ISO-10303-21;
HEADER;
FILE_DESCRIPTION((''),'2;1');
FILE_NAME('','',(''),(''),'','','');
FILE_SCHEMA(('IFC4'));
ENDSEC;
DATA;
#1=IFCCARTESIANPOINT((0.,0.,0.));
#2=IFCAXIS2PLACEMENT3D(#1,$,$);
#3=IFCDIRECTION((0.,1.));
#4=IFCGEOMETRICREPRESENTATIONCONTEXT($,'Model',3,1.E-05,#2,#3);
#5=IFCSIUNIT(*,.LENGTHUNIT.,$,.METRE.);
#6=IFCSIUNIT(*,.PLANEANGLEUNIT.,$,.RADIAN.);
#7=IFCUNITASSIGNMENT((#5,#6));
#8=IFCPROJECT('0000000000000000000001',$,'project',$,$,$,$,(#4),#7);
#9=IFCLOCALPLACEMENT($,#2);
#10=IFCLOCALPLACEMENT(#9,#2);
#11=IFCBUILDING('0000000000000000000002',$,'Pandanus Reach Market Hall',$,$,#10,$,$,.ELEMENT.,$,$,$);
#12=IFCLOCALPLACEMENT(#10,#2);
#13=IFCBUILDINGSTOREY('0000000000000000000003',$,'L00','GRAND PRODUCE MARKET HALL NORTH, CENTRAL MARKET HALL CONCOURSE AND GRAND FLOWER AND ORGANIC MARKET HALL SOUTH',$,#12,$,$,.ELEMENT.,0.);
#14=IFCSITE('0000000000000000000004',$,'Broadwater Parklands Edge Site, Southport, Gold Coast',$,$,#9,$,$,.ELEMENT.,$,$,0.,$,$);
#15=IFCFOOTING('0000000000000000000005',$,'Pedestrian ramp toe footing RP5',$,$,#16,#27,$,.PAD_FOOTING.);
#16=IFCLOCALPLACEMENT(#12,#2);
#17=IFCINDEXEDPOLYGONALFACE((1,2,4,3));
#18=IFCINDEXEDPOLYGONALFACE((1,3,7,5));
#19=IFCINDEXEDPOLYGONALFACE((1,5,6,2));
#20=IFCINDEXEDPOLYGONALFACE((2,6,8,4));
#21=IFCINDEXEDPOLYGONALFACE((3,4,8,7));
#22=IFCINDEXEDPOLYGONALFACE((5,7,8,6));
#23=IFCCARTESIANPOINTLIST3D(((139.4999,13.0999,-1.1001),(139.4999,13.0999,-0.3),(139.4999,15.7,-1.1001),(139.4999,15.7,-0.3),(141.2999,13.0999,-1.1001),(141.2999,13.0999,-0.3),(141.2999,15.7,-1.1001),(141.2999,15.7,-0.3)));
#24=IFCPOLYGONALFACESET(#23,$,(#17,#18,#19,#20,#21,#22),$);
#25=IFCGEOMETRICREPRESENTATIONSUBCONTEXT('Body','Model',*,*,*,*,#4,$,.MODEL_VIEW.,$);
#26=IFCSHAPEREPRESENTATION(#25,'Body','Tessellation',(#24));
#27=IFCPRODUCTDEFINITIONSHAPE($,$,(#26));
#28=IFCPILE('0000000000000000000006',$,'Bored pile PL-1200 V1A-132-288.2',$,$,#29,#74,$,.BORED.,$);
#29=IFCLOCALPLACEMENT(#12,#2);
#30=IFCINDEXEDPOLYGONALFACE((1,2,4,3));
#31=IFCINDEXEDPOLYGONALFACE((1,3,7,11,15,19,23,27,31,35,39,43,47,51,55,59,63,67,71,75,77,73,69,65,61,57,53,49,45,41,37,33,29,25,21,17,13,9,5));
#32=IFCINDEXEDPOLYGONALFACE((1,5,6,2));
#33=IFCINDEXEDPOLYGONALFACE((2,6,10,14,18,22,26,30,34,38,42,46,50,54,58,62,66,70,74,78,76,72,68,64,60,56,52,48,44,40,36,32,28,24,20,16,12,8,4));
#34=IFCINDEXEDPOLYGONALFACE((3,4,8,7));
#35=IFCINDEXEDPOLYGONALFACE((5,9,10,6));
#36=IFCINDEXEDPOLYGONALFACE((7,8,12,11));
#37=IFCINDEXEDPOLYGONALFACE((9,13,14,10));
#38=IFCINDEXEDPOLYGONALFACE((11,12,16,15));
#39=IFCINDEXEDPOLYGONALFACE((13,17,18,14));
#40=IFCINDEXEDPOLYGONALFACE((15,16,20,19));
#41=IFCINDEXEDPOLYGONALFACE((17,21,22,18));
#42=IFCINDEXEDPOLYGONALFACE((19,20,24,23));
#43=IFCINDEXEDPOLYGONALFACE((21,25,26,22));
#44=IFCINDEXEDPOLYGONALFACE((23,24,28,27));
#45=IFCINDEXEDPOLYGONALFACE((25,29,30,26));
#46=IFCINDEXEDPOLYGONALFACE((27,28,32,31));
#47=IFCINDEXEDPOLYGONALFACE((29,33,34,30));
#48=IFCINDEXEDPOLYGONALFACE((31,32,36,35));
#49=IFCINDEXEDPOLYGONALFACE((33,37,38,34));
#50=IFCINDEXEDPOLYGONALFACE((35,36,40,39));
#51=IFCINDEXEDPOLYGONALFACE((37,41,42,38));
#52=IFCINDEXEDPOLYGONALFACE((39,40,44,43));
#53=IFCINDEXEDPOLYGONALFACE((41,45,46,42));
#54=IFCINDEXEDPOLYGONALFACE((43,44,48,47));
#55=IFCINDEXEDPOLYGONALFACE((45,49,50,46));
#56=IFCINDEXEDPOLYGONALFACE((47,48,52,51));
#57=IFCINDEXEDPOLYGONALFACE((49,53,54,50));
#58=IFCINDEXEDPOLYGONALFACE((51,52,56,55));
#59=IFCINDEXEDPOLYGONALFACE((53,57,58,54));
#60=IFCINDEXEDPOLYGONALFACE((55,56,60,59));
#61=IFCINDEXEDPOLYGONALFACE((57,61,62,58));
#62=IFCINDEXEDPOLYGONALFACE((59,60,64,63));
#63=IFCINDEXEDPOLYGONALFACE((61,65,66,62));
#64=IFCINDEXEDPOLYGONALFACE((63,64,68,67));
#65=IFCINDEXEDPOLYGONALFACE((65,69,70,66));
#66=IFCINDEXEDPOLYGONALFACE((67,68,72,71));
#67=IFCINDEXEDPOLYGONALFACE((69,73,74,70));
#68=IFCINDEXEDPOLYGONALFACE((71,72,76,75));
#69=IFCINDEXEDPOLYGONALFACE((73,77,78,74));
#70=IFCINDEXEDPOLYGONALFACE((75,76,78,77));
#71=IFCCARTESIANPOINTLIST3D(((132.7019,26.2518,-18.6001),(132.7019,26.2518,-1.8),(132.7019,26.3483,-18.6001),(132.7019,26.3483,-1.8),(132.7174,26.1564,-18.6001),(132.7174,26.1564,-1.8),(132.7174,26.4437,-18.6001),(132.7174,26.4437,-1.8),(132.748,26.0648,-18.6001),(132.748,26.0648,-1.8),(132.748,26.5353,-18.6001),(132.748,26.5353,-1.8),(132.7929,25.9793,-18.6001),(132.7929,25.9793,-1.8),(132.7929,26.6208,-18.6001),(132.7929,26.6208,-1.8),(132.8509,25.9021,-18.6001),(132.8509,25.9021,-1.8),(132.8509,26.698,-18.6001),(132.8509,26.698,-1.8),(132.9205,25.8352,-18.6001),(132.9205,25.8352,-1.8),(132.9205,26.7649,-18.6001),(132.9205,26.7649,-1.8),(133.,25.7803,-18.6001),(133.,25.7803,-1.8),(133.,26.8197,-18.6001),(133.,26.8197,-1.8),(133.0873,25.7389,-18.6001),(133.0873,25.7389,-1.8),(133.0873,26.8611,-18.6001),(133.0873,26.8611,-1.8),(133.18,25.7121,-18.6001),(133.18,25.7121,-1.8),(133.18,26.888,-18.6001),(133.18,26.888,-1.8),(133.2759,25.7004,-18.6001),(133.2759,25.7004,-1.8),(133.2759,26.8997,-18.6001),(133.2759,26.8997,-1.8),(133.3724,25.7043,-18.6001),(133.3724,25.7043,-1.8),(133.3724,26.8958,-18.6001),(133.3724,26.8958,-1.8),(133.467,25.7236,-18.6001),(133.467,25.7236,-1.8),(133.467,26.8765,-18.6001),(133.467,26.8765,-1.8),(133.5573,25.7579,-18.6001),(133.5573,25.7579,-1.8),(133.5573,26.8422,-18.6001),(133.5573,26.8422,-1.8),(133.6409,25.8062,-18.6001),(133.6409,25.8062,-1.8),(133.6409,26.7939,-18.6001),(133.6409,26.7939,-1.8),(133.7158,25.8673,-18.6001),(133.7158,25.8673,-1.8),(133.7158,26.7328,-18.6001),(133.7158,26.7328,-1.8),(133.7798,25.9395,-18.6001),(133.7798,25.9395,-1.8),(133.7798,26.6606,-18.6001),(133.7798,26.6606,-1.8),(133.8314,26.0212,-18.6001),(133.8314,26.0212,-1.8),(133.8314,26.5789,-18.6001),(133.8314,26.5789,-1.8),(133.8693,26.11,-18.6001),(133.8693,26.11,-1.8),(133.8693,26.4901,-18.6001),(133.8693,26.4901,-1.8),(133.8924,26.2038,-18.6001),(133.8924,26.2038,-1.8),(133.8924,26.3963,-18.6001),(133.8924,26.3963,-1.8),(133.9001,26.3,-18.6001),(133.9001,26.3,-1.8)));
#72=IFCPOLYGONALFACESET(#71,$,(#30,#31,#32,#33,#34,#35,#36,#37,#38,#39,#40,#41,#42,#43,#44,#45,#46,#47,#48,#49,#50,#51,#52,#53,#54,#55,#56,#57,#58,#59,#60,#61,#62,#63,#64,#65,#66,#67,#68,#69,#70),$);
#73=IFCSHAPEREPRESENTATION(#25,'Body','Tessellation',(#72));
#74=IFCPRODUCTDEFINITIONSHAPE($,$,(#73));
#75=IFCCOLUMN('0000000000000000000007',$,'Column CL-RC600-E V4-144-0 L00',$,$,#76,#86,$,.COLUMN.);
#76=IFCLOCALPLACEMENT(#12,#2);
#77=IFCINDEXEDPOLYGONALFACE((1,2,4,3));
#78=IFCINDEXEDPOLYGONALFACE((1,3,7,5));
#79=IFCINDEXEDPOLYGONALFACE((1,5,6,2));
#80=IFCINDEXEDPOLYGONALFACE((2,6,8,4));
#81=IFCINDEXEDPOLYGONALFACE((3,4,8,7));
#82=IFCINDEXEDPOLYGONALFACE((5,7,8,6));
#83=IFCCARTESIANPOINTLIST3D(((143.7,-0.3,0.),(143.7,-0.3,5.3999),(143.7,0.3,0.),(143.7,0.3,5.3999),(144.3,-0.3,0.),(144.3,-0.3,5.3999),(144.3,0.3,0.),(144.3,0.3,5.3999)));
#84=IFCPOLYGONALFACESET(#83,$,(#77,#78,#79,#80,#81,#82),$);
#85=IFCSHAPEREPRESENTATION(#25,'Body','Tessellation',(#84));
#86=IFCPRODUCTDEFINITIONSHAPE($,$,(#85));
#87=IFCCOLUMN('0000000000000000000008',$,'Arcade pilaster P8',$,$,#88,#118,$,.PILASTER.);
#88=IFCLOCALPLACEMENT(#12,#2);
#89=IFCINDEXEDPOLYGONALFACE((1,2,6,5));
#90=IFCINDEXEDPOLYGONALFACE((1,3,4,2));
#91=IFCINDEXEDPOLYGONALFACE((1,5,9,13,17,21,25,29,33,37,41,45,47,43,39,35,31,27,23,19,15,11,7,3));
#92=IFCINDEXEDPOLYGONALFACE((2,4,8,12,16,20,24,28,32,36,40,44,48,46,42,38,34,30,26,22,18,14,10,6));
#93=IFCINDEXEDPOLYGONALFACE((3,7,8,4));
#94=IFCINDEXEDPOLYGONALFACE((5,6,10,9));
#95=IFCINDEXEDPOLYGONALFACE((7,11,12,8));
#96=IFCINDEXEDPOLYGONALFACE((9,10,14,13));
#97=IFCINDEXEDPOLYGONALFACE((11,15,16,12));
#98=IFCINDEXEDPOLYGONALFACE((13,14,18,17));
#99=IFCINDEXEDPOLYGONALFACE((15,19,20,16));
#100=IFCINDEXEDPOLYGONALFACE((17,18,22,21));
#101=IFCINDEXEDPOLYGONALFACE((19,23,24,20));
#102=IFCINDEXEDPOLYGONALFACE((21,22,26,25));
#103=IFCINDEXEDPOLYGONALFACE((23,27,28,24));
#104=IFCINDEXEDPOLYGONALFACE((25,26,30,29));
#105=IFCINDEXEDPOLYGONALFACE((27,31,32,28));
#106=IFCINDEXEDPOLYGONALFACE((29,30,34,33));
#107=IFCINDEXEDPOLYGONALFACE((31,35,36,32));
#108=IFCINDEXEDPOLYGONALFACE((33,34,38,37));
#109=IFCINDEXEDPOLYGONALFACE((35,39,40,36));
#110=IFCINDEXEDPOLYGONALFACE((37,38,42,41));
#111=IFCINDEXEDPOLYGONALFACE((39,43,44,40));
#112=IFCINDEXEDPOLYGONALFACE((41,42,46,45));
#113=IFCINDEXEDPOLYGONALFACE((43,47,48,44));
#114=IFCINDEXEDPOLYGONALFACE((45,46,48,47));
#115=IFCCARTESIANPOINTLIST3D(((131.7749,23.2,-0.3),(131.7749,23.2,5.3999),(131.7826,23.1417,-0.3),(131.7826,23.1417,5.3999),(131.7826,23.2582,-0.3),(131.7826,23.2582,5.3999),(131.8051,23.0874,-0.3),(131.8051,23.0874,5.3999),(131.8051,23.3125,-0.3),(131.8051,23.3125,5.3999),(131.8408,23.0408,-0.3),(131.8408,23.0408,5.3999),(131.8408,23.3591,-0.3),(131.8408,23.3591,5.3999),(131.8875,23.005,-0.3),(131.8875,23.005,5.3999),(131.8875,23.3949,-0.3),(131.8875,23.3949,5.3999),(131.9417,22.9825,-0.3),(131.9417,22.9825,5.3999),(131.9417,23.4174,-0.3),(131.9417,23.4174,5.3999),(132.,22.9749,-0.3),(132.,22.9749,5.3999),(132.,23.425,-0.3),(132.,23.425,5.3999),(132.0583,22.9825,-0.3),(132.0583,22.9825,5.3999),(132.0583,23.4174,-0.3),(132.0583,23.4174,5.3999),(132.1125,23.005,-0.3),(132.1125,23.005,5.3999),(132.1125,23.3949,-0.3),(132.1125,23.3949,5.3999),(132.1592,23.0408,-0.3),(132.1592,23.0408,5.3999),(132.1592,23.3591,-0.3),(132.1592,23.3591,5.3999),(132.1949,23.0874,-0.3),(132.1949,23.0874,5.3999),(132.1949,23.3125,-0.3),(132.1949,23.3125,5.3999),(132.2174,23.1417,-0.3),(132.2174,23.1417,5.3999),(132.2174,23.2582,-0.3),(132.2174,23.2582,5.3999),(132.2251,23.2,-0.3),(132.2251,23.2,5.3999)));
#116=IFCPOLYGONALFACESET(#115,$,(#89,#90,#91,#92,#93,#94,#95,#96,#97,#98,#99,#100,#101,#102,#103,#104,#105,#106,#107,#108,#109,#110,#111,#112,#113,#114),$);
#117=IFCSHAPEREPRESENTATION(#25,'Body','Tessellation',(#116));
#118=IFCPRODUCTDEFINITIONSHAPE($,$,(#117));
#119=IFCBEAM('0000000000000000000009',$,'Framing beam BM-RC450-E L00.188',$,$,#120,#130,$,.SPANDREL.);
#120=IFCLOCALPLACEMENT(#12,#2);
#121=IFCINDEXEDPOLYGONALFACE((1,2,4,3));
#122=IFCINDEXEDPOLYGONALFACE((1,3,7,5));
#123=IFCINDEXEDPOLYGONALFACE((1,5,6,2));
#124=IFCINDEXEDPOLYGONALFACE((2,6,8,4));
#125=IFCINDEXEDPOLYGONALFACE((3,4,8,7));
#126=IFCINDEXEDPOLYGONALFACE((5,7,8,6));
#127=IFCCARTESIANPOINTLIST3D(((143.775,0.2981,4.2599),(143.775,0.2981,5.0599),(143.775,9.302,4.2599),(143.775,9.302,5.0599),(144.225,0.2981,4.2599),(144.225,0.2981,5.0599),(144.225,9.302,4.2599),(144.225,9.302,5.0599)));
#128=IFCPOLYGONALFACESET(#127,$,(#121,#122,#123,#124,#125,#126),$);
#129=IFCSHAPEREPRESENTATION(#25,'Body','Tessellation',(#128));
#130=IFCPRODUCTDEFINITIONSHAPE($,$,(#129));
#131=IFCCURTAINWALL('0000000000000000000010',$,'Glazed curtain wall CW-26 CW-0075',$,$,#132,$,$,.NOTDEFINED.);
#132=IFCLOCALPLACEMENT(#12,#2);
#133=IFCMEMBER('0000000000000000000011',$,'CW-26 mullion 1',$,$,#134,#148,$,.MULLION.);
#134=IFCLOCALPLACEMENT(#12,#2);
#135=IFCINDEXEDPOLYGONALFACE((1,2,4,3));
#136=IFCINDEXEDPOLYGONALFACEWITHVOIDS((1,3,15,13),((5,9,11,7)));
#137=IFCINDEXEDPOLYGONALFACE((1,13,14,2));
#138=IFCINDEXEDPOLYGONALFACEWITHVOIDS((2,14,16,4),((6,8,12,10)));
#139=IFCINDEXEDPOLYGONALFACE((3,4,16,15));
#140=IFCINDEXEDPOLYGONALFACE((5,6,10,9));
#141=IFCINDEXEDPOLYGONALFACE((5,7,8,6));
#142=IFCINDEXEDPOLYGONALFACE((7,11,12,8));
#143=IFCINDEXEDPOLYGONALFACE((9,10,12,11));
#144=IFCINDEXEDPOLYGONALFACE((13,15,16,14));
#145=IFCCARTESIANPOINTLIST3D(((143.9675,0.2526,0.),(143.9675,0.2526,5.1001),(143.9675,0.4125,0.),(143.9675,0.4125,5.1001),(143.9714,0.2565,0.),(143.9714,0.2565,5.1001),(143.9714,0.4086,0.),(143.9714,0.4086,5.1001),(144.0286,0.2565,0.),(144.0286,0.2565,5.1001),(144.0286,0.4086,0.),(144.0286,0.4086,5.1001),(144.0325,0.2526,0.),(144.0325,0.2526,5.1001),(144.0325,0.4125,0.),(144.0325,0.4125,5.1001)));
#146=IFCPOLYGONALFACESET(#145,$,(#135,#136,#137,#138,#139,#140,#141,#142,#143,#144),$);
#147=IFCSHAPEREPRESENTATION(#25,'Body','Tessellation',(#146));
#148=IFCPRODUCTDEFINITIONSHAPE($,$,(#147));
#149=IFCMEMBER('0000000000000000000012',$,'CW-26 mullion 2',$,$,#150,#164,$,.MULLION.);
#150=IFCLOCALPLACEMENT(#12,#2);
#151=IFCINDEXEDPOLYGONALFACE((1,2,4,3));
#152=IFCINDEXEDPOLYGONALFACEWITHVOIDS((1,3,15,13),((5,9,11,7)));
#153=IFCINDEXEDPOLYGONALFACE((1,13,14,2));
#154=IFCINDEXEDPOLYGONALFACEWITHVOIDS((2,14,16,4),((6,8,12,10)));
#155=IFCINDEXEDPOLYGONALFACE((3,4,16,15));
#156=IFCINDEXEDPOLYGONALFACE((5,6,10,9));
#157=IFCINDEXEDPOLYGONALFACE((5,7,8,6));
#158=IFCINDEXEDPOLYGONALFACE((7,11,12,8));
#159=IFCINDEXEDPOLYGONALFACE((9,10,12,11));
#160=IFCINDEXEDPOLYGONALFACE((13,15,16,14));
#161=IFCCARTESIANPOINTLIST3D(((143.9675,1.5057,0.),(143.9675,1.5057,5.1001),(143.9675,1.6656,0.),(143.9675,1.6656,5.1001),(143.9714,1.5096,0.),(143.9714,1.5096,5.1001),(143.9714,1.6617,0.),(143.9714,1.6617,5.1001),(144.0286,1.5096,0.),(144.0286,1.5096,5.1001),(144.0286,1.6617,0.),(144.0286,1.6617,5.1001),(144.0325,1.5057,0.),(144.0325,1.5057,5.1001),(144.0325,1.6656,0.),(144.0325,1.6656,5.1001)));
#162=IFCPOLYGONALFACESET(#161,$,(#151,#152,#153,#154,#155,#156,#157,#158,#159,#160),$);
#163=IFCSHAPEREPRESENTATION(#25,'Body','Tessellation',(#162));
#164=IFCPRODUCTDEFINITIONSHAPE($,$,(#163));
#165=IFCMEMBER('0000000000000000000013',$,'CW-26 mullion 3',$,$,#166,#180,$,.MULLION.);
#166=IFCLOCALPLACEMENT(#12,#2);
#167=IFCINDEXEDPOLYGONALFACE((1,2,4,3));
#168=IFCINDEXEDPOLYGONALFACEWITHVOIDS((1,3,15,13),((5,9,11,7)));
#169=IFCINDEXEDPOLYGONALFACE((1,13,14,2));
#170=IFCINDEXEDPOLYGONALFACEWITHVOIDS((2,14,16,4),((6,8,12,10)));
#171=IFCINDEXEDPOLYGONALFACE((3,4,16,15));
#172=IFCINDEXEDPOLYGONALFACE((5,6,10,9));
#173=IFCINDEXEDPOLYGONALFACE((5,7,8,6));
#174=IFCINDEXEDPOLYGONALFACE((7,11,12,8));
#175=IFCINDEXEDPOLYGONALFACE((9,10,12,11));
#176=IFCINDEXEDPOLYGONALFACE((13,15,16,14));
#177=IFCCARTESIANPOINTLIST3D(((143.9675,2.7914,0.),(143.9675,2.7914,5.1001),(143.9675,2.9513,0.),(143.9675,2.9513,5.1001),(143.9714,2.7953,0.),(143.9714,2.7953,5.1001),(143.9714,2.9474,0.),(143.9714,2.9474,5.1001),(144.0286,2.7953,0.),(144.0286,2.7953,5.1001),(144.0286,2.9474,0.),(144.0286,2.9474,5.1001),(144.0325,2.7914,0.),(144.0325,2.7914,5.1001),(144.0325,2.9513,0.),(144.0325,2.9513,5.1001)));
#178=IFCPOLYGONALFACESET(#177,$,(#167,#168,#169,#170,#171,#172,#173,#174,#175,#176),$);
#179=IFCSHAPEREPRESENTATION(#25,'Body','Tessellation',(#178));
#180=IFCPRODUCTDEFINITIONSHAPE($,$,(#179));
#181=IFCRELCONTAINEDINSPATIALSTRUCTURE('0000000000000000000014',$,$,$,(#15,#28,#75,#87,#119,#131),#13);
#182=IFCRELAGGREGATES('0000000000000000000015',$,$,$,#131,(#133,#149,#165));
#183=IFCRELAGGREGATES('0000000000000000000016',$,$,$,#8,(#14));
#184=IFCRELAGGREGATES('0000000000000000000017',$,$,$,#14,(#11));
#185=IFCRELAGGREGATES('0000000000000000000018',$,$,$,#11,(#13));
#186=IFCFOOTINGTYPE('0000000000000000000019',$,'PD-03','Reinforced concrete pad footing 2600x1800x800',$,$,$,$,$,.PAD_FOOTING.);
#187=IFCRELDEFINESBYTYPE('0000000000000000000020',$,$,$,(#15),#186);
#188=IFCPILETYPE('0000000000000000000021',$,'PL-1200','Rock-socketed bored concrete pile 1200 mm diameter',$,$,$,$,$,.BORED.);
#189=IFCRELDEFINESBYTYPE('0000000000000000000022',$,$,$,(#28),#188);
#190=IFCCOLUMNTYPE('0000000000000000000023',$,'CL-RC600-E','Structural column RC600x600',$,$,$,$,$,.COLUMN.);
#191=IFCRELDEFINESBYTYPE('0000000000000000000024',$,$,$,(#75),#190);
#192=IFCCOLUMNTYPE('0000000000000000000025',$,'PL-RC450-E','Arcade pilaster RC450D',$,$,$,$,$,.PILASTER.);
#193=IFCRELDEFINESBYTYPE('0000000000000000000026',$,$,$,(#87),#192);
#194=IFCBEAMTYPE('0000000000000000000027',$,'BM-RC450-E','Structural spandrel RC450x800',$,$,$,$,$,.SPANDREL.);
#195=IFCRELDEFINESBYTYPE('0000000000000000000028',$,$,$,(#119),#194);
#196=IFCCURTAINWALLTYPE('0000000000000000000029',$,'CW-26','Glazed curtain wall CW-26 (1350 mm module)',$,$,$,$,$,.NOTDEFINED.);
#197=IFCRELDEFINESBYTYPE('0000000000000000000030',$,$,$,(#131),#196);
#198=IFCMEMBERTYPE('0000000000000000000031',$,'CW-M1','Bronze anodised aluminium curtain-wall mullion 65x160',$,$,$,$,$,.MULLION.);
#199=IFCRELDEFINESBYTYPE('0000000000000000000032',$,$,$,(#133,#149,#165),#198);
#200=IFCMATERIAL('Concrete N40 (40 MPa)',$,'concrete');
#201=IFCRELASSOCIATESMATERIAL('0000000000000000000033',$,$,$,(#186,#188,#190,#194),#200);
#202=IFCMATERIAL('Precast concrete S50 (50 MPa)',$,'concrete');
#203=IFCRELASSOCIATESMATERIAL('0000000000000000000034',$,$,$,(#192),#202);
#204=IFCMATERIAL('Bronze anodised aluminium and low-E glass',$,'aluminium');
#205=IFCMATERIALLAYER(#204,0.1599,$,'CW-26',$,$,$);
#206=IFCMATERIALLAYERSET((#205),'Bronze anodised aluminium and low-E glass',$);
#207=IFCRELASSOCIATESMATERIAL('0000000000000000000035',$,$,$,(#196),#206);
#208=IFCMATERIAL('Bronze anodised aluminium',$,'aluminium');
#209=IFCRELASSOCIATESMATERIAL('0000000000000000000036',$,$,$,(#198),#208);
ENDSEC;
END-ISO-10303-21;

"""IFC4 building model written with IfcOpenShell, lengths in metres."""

from ifc_helpers import new_model, si_unit, direction, frame, origin, origin_2d, place, context, subcontext, project, spatial, rectangle, hollow_rectangle, circle, extrude, material, layer, layer_set, material_profile, profile_set, type_object, element, aggregate, save


model = new_model("IFC4")

# Units and contexts
model_context = context("Model", 3, precision=1e-05, world=origin(), true_north=direction((0.0, 1.0)))
body_context = subcontext(model_context, "Body", "Model", "MODEL_VIEW")
ifc_project = project(units=[si_unit("LENGTHUNIT", "METRE"), si_unit("PLANEANGLEUNIT", "RADIAN")], contexts=[model_context])

# Site, building, storey
site_placement = place(None, origin())
site = spatial("IfcSite", under=ifc_project, at=site_placement, Name="Broadwater Parklands Edge Site, Southport, Gold Coast", CompositionType="ELEMENT", RefElevation=0.0)
building_placement = place(site_placement, origin())
building = spatial("IfcBuilding", under=site, at=building_placement, Name="Pandanus Reach Market Hall", CompositionType="ELEMENT")
storey_placement = place(building_placement, origin())
storey = spatial("IfcBuildingStorey", under=building, at=storey_placement, Name="L00", Description="GRAND PRODUCE MARKET HALL NORTH, CENTRAL MARKET HALL CONCOURSE AND GRAND FLOWER AND ORGANIC MARKET HALL SOUTH", CompositionType="ELEMENT", Elevation=0.0)

# Footing
ifc_material_1 = material(Name="Concrete N40 (40 MPa)", Category="concrete")
footing_type = type_object("IfcFootingType", Name="PD-03", Description="Reinforced concrete pad footing 2600x1800x800", PredefinedType="PAD_FOOTING", material=ifc_material_1)
footing_placement = place(storey_placement, frame((140.3999, 14.3999, -1.1001), z_axis=(0.0, 0.0, 1.0), x_axis=(0.0, 1.0, 0.0)))
element("IfcFooting", 1, at=footing_placement, inside=storey, type_object=footing_type, Name="Pedestrian ramp toe footing RP5", PredefinedType="PAD_FOOTING", context=body_context, shape_type="SweptSolid", body=[
    extrude(rectangle(XDim=2.6001, YDim=1.8, at=origin_2d()), origin(), (0.0, 0.0, 1.0), 0.8),
])

# Pile
ifc_material_profile_1 = material_profile(ifc_material_1, circle(Radius=0.6001, at=origin_2d()), Name="PILE-1200D", Category="LoadBearing")
ifc_profile_set_1 = profile_set([ifc_material_profile_1], Name="Concrete N40 (40 MPa)")
pile_type = type_object("IfcPileType", Name="PL-1200", Description="Rock-socketed bored concrete pile 1200 mm diameter", PredefinedType="BORED", material=ifc_profile_set_1)
pile_placement = place(storey_placement, frame((133.3, 26.3, -1.8), z_axis=(0.0, 0.0, -1.0), x_axis=(1.0, 0.0, 0.0)))
element("IfcPile", 2, at=pile_placement, inside=storey, type_object=pile_type, Name="Bored pile PL-1200 V1A-132-288.2", PredefinedType="BORED", context=body_context, shape_type="SweptSolid", body=[
    extrude(circle(Radius=0.6001, at=origin_2d()), origin(), (0.0, 0.0, 1.0), 16.8),
])

# Columns
ifc_material_profile_2 = material_profile(ifc_material_1, rectangle(XDim=0.6001, YDim=0.6001, at=origin_2d()), Name="RC600x600", Category="LoadBearing")
ifc_profile_set_2 = profile_set([ifc_material_profile_2], Name="Concrete N40 (40 MPa)")
column_type_1 = type_object("IfcColumnType", Name="CL-RC600-E", Description="Structural column RC600x600", PredefinedType="COLUMN", material=ifc_profile_set_2)
column_1_placement = place(storey_placement, frame((144.0, 0.0, 0.0), z_axis=(0.0, 0.0, 1.0), x_axis=(1.0, 0.0, 0.0)))
element("IfcColumn", 3, at=column_1_placement, inside=storey, type_object=column_type_1, Name="Column CL-RC600-E V4-144-0 L00", PredefinedType="COLUMN", context=body_context, shape_type="SweptSolid", body=[
    extrude(rectangle(XDim=0.6001, YDim=0.6001, at=origin_2d()), origin(), (0.0, 0.0, 1.0), 5.3999),
])
ifc_material_2 = material(Name="Precast concrete S50 (50 MPa)", Category="concrete")
ifc_material_profile_3 = material_profile(ifc_material_2, circle(Radius=0.2251, at=origin_2d()), Name="RC450D", Category="LoadBearing")
ifc_profile_set_3 = profile_set([ifc_material_profile_3], Name="Precast concrete S50 (50 MPa)")
column_type_2 = type_object("IfcColumnType", Name="PL-RC450-E", Description="Arcade pilaster RC450D", PredefinedType="PILASTER", material=ifc_profile_set_3)
column_2_placement = place(storey_placement, frame((132.0, 23.2, -0.3), z_axis=(0.0, 0.0, 1.0), x_axis=(1.0, 0.0, 0.0)))
element("IfcColumn", 4, at=column_2_placement, inside=storey, type_object=column_type_2, Name="Arcade pilaster P8", PredefinedType="PILASTER", context=body_context, shape_type="SweptSolid", body=[
    extrude(circle(Radius=0.2251, at=origin_2d()), origin(), (0.0, 0.0, 1.0), 5.7),
])

# Beam
ifc_material_profile_4 = material_profile(ifc_material_1, rectangle(XDim=0.45, YDim=0.8, at=origin_2d()), Name="RC450x800", Category="LoadBearing")
ifc_profile_set_4 = profile_set([ifc_material_profile_4], Name="Concrete N40 (40 MPa)")
beam_type = type_object("IfcBeamType", Name="BM-RC450-E", Description="Structural spandrel RC450x800", PredefinedType="SPANDREL", material=ifc_profile_set_4)
beam_placement = place(storey_placement, frame((144.0, 0.2981, 4.6599), z_axis=(0.0, 1.0, 0.0), x_axis=(-1.0, 0.0, 0.0)))
element("IfcBeam", 5, at=beam_placement, inside=storey, type_object=beam_type, Name="Framing beam BM-RC450-E L00.188", PredefinedType="SPANDREL", context=body_context, shape_type="SweptSolid", body=[
    extrude(rectangle(XDim=0.45, YDim=0.8, at=origin_2d()), origin(), (0.0, 0.0, 1.0), 9.0039),
])

# Curtain wall, members
ifc_material_3 = material(Name="Bronze anodised aluminium and low-E glass", Category="aluminium")
ifc_layer_1 = layer(ifc_material_3, 0.1599, Name="CW-26")
ifc_layer_set_1 = layer_set([ifc_layer_1], Name="Bronze anodised aluminium and low-E glass")
curtain_wall_type = type_object("IfcCurtainWallType", Name="CW-26", Description="Glazed curtain wall CW-26 (1350 mm module)", PredefinedType="NOTDEFINED", material=ifc_layer_set_1)
curtain_wall_placement = place(storey_placement, origin())
curtain_wall = element("IfcCurtainWall", 6, at=curtain_wall_placement, inside=storey, type_object=curtain_wall_type, Name="Glazed curtain wall CW-26 CW-0075", PredefinedType="NOTDEFINED")
ifc_material_4 = material(Name="Bronze anodised aluminium", Category="aluminium")
ifc_material_profile_5 = material_profile(ifc_material_4, hollow_rectangle(XDim=0.0649, YDim=0.1599, WallThickness=0.0039, at=origin_2d()), Name="ALU65x160", Category="LoadBearing")
ifc_profile_set_5 = profile_set([ifc_material_profile_5], Name="Bronze anodised aluminium")
member_type_1 = type_object("IfcMemberType", Name="CW-M1", Description="Bronze anodised aluminium curtain-wall mullion 65x160", PredefinedType="MULLION", material=ifc_profile_set_5)
member_1_placement = place(storey_placement, frame((144.0, 0.3325, 0.0), z_axis=(0.0, 0.0, 1.0), x_axis=(-1.0, 0.0, 0.0)))
member_1 = element("IfcMember", 7, at=member_1_placement, type_object=member_type_1, Name="CW-26 mullion 1", PredefinedType="MULLION", context=body_context, shape_type="SweptSolid", body=[
    extrude(hollow_rectangle(XDim=0.0649, YDim=0.1599, WallThickness=0.0039, at=origin_2d()), origin(), (0.0, 0.0, 1.0), 5.1001),
])
member_2_placement = place(storey_placement, frame((144.0, 1.5857, 0.0), z_axis=(0.0, 0.0, 1.0), x_axis=(-1.0, 0.0, 0.0)))
member_2 = element("IfcMember", 8, at=member_2_placement, type_object=member_type_1, Name="CW-26 mullion 2", PredefinedType="MULLION", context=body_context, shape_type="SweptSolid", body=[
    extrude(hollow_rectangle(XDim=0.0649, YDim=0.1599, WallThickness=0.0039, at=origin_2d()), origin(), (0.0, 0.0, 1.0), 5.1001),
])
member_3_placement = place(storey_placement, frame((144.0, 2.8713, 0.0), z_axis=(0.0, 0.0, 1.0), x_axis=(-1.0, 0.0, 0.0)))
member_3 = element("IfcMember", 9, at=member_3_placement, type_object=member_type_1, Name="CW-26 mullion 3", PredefinedType="MULLION", context=body_context, shape_type="SweptSolid", body=[
    extrude(hollow_rectangle(XDim=0.0649, YDim=0.1599, WallThickness=0.0039, at=origin_2d()), origin(), (0.0, 0.0, 1.0), 5.1001),
])
aggregate(curtain_wall, [member_1, member_2, member_3])

save(model, "model.ifc")
